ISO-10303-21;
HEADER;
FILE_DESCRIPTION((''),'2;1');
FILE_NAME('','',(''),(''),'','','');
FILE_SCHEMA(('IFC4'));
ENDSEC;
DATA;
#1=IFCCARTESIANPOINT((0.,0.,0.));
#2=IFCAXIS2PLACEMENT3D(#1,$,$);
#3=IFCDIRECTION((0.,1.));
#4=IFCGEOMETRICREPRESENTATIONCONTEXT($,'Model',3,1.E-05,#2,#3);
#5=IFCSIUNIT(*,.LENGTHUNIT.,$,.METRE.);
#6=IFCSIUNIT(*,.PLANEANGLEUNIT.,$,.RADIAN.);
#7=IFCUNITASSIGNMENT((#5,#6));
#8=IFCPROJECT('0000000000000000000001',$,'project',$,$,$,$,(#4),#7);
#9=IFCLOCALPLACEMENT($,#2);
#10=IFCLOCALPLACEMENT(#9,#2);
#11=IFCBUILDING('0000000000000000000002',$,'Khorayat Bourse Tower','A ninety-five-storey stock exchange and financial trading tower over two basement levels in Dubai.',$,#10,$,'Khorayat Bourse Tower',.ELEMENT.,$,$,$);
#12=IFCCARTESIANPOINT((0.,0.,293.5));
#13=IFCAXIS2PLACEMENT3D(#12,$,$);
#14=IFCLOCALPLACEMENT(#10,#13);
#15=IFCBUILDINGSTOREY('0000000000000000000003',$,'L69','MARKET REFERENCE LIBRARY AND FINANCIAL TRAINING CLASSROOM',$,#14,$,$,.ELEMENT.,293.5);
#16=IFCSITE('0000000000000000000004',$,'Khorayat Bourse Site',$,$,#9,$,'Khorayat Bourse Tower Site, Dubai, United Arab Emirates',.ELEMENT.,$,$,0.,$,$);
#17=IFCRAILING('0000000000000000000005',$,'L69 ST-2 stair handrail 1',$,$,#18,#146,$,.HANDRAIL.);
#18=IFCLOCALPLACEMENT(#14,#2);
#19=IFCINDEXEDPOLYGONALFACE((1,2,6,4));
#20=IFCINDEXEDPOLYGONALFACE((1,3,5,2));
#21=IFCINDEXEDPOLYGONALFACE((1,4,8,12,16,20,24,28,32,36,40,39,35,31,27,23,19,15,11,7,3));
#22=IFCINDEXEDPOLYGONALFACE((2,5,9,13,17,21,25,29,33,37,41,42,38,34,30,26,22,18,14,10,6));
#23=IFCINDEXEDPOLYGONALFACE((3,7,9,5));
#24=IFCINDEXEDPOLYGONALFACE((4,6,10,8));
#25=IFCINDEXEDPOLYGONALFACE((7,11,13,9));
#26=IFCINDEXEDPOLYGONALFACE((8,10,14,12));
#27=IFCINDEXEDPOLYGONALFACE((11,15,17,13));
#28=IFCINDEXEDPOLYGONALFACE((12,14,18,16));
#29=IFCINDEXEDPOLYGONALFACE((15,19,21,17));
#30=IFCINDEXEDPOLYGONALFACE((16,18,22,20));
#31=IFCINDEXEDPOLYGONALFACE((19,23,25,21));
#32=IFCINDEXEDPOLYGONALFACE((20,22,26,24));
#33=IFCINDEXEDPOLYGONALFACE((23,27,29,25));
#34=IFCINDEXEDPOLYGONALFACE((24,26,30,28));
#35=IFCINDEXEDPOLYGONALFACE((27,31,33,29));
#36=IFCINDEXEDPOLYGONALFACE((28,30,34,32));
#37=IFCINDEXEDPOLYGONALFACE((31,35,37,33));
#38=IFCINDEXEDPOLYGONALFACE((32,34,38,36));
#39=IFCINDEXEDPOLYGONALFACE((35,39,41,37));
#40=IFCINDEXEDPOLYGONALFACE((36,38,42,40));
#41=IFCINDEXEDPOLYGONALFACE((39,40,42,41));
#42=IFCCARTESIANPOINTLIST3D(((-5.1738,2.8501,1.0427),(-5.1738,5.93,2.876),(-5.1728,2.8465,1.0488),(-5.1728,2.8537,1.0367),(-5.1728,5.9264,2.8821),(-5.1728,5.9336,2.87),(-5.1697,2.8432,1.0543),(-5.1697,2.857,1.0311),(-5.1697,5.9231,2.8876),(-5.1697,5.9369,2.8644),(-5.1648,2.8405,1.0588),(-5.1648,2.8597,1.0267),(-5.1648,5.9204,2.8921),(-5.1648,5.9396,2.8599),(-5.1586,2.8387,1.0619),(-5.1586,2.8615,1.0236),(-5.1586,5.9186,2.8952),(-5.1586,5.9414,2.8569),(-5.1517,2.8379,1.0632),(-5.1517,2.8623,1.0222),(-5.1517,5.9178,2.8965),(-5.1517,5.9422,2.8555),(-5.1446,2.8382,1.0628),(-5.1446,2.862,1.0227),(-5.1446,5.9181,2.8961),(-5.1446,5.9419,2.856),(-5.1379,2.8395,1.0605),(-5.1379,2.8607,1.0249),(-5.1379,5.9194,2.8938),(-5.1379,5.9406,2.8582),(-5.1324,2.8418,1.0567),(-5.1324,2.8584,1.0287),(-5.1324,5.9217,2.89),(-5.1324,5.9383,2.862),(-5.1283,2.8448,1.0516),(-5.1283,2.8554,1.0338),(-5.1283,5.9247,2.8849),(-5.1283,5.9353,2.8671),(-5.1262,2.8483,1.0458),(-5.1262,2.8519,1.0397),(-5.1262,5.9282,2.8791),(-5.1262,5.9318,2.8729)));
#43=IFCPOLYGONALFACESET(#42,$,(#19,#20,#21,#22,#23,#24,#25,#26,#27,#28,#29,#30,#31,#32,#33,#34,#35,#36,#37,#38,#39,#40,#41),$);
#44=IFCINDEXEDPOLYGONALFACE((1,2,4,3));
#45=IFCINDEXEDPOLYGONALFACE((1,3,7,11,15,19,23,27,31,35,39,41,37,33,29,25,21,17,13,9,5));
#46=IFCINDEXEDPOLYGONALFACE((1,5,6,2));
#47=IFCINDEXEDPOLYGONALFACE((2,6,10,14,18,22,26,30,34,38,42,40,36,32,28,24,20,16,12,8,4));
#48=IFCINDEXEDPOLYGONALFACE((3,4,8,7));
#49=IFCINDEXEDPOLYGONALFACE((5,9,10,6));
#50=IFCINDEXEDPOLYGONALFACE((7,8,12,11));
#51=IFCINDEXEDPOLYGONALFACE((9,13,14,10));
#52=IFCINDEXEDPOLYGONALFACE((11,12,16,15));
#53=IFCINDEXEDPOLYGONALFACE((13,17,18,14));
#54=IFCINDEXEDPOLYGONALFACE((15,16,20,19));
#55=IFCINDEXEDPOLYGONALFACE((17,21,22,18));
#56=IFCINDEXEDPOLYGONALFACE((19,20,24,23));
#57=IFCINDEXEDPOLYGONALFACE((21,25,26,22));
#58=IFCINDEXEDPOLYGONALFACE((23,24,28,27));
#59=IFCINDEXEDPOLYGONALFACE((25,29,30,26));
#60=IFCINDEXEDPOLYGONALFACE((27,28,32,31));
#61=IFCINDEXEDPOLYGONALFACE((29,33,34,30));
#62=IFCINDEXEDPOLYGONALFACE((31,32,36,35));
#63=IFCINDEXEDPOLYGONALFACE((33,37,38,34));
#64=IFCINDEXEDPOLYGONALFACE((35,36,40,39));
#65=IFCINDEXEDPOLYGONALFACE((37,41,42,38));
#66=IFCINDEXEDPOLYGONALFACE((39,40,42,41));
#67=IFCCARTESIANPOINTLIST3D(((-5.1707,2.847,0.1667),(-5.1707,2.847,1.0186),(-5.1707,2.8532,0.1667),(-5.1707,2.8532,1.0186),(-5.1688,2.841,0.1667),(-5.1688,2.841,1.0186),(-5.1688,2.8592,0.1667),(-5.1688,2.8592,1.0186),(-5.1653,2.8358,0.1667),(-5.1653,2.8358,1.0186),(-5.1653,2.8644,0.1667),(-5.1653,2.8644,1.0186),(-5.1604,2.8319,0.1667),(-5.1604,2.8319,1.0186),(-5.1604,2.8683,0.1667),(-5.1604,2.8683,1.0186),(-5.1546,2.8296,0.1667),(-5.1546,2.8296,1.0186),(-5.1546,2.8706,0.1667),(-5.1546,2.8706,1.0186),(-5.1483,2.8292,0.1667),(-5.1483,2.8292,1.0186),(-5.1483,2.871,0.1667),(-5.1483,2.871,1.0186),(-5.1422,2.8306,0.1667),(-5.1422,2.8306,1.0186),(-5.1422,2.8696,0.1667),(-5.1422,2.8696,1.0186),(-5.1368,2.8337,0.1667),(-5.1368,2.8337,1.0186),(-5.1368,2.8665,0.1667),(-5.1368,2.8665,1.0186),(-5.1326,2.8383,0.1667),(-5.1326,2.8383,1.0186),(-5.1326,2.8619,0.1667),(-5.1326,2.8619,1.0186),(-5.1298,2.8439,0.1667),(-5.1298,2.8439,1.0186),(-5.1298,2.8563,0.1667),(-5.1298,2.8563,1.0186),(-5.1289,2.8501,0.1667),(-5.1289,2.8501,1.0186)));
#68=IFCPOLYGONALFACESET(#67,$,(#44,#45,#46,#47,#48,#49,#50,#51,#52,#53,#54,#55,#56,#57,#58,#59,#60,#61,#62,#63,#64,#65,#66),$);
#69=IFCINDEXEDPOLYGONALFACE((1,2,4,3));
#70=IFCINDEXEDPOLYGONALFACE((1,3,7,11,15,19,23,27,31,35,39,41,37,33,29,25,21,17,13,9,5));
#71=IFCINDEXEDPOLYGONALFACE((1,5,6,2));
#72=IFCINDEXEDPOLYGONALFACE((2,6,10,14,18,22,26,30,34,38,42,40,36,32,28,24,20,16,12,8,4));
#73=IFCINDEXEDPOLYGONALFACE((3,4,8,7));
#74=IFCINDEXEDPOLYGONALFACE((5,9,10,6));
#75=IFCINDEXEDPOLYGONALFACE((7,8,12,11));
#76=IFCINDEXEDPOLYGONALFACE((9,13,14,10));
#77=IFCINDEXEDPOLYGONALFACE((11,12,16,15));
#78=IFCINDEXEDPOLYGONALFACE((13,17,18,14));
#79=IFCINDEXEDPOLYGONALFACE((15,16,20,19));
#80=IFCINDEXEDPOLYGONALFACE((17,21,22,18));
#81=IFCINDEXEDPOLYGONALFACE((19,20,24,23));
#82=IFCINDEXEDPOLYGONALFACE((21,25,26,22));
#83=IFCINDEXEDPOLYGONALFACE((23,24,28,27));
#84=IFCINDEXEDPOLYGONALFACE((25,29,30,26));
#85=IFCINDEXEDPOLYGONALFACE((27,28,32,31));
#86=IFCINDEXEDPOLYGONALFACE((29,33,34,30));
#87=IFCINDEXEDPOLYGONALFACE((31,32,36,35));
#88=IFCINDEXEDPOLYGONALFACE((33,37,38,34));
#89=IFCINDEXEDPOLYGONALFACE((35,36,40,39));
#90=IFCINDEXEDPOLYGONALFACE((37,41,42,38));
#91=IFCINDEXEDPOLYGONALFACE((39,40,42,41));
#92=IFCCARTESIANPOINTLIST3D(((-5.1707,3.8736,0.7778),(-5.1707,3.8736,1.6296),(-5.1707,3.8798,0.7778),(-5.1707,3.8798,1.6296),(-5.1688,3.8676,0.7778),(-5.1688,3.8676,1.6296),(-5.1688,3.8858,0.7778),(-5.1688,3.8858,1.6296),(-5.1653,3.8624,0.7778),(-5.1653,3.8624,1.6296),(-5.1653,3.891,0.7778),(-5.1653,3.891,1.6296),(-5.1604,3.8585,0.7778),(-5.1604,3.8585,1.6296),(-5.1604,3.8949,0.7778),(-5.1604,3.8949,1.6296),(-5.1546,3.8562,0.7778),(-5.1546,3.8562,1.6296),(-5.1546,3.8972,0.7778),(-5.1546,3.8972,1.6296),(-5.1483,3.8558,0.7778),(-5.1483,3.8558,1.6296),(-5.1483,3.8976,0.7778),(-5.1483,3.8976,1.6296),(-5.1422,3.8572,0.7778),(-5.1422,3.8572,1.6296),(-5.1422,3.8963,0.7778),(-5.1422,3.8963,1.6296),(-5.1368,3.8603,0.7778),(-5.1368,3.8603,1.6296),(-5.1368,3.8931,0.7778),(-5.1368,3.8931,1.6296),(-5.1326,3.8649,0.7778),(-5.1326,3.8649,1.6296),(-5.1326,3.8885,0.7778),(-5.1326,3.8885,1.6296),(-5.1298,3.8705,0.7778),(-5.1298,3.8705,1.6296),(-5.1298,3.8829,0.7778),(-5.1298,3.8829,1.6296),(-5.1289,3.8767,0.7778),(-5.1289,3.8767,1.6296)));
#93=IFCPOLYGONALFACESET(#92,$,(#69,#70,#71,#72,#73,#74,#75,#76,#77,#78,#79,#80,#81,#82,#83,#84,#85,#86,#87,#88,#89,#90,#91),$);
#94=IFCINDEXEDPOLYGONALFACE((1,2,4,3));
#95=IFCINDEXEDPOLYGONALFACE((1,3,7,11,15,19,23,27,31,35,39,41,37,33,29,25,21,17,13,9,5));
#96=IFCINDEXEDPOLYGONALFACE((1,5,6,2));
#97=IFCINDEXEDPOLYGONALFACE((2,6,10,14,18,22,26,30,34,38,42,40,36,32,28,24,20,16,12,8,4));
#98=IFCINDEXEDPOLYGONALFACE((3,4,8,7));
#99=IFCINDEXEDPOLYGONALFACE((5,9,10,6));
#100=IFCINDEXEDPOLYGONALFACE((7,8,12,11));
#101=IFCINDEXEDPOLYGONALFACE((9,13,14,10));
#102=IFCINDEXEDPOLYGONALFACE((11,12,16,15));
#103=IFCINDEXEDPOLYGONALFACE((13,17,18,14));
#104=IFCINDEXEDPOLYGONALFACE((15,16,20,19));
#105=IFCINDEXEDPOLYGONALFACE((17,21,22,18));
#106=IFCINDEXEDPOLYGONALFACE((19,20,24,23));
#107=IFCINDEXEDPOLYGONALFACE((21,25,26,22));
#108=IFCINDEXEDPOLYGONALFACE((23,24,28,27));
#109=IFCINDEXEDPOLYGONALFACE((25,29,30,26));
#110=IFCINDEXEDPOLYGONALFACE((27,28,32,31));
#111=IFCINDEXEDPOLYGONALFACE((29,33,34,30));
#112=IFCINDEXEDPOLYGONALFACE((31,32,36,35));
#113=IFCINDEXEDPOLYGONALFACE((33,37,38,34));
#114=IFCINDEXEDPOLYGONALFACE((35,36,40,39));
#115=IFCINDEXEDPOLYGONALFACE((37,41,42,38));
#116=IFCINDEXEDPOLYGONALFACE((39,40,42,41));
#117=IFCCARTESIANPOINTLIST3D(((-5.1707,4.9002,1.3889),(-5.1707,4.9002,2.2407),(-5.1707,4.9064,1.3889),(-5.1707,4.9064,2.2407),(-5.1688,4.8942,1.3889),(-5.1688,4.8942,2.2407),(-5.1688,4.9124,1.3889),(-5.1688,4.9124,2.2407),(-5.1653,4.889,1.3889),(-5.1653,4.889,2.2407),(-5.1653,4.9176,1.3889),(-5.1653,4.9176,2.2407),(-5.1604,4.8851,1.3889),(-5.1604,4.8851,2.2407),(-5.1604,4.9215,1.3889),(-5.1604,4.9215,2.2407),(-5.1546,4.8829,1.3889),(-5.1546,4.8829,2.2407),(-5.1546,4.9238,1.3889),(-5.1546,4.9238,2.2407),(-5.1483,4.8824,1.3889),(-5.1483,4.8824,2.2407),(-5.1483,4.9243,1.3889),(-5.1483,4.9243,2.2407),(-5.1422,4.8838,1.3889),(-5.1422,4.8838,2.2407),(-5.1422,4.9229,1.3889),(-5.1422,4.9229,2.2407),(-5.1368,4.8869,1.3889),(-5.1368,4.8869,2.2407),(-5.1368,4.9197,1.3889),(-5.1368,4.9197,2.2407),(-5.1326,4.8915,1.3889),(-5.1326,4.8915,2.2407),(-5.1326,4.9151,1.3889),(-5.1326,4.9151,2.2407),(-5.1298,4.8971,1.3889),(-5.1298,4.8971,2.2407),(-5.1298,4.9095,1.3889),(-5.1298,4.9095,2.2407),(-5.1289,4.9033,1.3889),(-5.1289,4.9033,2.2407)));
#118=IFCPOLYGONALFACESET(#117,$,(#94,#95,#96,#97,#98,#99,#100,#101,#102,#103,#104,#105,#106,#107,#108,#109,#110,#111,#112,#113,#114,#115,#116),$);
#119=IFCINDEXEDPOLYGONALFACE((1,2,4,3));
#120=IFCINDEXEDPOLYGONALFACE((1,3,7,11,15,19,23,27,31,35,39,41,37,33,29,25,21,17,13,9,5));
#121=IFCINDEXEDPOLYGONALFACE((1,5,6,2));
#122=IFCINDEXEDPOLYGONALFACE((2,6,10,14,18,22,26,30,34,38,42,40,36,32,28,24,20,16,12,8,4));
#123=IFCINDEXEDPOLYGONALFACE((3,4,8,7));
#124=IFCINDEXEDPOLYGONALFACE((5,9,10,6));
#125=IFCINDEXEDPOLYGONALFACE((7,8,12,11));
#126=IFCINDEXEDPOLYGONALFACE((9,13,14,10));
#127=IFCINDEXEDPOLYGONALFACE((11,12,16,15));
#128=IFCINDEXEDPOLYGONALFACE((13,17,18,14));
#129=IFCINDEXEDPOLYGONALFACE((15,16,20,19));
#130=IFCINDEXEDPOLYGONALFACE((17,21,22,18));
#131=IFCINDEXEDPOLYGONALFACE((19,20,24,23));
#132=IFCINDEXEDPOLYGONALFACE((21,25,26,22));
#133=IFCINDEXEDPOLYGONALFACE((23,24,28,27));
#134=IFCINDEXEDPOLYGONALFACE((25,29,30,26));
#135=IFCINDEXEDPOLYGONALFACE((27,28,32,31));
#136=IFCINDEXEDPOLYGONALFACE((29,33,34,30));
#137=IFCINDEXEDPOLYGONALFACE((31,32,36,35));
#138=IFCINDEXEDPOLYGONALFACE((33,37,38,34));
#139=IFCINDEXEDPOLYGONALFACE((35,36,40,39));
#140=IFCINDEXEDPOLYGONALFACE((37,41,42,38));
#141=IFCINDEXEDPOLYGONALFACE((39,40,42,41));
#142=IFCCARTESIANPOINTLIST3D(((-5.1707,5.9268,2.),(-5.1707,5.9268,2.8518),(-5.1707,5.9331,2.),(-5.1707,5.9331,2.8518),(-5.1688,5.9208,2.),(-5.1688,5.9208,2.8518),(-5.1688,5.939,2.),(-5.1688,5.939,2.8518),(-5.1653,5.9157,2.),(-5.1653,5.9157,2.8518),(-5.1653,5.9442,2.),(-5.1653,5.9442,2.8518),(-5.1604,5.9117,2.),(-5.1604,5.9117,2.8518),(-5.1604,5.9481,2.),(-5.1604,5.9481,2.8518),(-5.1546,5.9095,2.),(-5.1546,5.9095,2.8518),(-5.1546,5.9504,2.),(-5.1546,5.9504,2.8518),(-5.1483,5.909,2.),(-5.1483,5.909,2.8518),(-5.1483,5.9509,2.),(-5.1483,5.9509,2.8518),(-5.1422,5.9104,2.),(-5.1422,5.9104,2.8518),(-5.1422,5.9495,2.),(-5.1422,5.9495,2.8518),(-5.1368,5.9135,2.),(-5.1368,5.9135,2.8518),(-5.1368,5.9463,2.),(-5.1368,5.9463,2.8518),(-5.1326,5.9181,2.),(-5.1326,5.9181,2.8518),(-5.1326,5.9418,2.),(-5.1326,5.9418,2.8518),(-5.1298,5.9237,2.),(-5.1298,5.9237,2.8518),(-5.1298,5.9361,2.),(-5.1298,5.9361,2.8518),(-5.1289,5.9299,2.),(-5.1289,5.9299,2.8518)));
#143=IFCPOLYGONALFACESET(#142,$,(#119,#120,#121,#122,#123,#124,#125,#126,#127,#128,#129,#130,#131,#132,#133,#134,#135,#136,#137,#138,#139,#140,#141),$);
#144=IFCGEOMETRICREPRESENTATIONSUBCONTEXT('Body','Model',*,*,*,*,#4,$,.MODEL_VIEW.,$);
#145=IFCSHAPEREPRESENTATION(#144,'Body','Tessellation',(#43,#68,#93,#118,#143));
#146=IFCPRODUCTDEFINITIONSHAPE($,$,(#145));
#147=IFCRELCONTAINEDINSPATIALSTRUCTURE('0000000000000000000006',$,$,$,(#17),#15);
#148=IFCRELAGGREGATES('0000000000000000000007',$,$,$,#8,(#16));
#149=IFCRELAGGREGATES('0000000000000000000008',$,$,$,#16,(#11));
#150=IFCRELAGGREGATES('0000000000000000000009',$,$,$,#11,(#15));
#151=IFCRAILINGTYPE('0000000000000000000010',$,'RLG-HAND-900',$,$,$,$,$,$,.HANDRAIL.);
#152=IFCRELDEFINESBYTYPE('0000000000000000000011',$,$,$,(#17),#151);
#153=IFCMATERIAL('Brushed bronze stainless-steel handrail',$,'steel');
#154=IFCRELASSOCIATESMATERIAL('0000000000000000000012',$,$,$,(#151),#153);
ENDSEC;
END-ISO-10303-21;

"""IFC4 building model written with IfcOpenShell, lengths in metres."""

from ifc_helpers import new_model, si_unit, direction, frame, origin, origin_2d, place, context, subcontext, project, spatial, circle, extrude, source, transform, mapped, material, type_object, element, save


model = new_model("IFC4")

# Units and contexts
model_context = context("Model", 3, precision=1e-05, world=origin(), true_north=direction((0.0, 1.0)))
body_context = subcontext(model_context, "Body", "Model", "MODEL_VIEW")
ifc_project = project(units=[si_unit("LENGTHUNIT", "METRE"), si_unit("PLANEANGLEUNIT", "RADIAN")], contexts=[model_context])

# Site, building, storey
site_placement = place(None, origin())
site = spatial("IfcSite", under=ifc_project, at=site_placement, Name="Khorayat Bourse Site", LongName="Khorayat Bourse Tower Site, Dubai, United Arab Emirates", CompositionType="ELEMENT", RefElevation=0.0)
building_placement = place(site_placement, origin())
building = spatial("IfcBuilding", under=site, at=building_placement, Name="Khorayat Bourse Tower", Description="A ninety-five-storey stock exchange and financial trading tower over two basement levels in Dubai.", LongName="Khorayat Bourse Tower", CompositionType="ELEMENT")
storey_placement = place(building_placement, frame((0.0, 0.0, 293.5)))
storey = spatial("IfcBuildingStorey", under=building, at=storey_placement, Name="L69", Description="MARKET REFERENCE LIBRARY AND FINANCIAL TRAINING CLASSROOM", CompositionType="ELEMENT", Elevation=293.5)

# Railing
ifc_material_1 = material(Name="Brushed bronze stainless-steel handrail", Category="steel")
railing_type_1 = type_object("IfcRailingType", Name="RLG-HAND-900", PredefinedType="HANDRAIL", material=ifc_material_1)
shared_shape_1 = source(origin(), body_context, "Body", "SweptSolid", [
    extrude(circle(Radius=0.0239, at=origin_2d()), frame((0.0, 0.0, 0.876), z_axis=(0.0, 0.859291, 0.511487), x_axis=(-1.0, 0.0, 0.0)), (0.0, 0.0, 1.0), 3.5842),
    extrude(circle(Radius=0.021, at=origin_2d()), origin(), (0.0, 0.0, 1.0), 0.8518),
    extrude(circle(Radius=0.021, at=origin_2d()), frame((0.0, 1.0266, 0.6111)), (0.0, 0.0, 1.0), 0.8518),
    extrude(circle(Radius=0.021, at=origin_2d()), frame((0.0, 2.0532, 1.2222)), (0.0, 0.0, 1.0), 0.8518),
    extrude(circle(Radius=0.021, at=origin_2d()), frame((0.0, 3.0798, 1.8333)), (0.0, 0.0, 1.0), 0.8518),
])
railing_1_placement = place(storey_placement, frame((-5.1499, 2.8501, 0.1667)))
element("IfcRailing", 1, at=railing_1_placement, inside=storey, type_object=railing_type_1, Name="L69 ST-2 stair handrail 1", PredefinedType="HANDRAIL", context=body_context, shape_type="MappedRepresentation", body=[
    mapped(shared_shape_1, transform((0.0, 0.0, 0.0), scale=1.0)),
])

save(model, "model.ifc")
